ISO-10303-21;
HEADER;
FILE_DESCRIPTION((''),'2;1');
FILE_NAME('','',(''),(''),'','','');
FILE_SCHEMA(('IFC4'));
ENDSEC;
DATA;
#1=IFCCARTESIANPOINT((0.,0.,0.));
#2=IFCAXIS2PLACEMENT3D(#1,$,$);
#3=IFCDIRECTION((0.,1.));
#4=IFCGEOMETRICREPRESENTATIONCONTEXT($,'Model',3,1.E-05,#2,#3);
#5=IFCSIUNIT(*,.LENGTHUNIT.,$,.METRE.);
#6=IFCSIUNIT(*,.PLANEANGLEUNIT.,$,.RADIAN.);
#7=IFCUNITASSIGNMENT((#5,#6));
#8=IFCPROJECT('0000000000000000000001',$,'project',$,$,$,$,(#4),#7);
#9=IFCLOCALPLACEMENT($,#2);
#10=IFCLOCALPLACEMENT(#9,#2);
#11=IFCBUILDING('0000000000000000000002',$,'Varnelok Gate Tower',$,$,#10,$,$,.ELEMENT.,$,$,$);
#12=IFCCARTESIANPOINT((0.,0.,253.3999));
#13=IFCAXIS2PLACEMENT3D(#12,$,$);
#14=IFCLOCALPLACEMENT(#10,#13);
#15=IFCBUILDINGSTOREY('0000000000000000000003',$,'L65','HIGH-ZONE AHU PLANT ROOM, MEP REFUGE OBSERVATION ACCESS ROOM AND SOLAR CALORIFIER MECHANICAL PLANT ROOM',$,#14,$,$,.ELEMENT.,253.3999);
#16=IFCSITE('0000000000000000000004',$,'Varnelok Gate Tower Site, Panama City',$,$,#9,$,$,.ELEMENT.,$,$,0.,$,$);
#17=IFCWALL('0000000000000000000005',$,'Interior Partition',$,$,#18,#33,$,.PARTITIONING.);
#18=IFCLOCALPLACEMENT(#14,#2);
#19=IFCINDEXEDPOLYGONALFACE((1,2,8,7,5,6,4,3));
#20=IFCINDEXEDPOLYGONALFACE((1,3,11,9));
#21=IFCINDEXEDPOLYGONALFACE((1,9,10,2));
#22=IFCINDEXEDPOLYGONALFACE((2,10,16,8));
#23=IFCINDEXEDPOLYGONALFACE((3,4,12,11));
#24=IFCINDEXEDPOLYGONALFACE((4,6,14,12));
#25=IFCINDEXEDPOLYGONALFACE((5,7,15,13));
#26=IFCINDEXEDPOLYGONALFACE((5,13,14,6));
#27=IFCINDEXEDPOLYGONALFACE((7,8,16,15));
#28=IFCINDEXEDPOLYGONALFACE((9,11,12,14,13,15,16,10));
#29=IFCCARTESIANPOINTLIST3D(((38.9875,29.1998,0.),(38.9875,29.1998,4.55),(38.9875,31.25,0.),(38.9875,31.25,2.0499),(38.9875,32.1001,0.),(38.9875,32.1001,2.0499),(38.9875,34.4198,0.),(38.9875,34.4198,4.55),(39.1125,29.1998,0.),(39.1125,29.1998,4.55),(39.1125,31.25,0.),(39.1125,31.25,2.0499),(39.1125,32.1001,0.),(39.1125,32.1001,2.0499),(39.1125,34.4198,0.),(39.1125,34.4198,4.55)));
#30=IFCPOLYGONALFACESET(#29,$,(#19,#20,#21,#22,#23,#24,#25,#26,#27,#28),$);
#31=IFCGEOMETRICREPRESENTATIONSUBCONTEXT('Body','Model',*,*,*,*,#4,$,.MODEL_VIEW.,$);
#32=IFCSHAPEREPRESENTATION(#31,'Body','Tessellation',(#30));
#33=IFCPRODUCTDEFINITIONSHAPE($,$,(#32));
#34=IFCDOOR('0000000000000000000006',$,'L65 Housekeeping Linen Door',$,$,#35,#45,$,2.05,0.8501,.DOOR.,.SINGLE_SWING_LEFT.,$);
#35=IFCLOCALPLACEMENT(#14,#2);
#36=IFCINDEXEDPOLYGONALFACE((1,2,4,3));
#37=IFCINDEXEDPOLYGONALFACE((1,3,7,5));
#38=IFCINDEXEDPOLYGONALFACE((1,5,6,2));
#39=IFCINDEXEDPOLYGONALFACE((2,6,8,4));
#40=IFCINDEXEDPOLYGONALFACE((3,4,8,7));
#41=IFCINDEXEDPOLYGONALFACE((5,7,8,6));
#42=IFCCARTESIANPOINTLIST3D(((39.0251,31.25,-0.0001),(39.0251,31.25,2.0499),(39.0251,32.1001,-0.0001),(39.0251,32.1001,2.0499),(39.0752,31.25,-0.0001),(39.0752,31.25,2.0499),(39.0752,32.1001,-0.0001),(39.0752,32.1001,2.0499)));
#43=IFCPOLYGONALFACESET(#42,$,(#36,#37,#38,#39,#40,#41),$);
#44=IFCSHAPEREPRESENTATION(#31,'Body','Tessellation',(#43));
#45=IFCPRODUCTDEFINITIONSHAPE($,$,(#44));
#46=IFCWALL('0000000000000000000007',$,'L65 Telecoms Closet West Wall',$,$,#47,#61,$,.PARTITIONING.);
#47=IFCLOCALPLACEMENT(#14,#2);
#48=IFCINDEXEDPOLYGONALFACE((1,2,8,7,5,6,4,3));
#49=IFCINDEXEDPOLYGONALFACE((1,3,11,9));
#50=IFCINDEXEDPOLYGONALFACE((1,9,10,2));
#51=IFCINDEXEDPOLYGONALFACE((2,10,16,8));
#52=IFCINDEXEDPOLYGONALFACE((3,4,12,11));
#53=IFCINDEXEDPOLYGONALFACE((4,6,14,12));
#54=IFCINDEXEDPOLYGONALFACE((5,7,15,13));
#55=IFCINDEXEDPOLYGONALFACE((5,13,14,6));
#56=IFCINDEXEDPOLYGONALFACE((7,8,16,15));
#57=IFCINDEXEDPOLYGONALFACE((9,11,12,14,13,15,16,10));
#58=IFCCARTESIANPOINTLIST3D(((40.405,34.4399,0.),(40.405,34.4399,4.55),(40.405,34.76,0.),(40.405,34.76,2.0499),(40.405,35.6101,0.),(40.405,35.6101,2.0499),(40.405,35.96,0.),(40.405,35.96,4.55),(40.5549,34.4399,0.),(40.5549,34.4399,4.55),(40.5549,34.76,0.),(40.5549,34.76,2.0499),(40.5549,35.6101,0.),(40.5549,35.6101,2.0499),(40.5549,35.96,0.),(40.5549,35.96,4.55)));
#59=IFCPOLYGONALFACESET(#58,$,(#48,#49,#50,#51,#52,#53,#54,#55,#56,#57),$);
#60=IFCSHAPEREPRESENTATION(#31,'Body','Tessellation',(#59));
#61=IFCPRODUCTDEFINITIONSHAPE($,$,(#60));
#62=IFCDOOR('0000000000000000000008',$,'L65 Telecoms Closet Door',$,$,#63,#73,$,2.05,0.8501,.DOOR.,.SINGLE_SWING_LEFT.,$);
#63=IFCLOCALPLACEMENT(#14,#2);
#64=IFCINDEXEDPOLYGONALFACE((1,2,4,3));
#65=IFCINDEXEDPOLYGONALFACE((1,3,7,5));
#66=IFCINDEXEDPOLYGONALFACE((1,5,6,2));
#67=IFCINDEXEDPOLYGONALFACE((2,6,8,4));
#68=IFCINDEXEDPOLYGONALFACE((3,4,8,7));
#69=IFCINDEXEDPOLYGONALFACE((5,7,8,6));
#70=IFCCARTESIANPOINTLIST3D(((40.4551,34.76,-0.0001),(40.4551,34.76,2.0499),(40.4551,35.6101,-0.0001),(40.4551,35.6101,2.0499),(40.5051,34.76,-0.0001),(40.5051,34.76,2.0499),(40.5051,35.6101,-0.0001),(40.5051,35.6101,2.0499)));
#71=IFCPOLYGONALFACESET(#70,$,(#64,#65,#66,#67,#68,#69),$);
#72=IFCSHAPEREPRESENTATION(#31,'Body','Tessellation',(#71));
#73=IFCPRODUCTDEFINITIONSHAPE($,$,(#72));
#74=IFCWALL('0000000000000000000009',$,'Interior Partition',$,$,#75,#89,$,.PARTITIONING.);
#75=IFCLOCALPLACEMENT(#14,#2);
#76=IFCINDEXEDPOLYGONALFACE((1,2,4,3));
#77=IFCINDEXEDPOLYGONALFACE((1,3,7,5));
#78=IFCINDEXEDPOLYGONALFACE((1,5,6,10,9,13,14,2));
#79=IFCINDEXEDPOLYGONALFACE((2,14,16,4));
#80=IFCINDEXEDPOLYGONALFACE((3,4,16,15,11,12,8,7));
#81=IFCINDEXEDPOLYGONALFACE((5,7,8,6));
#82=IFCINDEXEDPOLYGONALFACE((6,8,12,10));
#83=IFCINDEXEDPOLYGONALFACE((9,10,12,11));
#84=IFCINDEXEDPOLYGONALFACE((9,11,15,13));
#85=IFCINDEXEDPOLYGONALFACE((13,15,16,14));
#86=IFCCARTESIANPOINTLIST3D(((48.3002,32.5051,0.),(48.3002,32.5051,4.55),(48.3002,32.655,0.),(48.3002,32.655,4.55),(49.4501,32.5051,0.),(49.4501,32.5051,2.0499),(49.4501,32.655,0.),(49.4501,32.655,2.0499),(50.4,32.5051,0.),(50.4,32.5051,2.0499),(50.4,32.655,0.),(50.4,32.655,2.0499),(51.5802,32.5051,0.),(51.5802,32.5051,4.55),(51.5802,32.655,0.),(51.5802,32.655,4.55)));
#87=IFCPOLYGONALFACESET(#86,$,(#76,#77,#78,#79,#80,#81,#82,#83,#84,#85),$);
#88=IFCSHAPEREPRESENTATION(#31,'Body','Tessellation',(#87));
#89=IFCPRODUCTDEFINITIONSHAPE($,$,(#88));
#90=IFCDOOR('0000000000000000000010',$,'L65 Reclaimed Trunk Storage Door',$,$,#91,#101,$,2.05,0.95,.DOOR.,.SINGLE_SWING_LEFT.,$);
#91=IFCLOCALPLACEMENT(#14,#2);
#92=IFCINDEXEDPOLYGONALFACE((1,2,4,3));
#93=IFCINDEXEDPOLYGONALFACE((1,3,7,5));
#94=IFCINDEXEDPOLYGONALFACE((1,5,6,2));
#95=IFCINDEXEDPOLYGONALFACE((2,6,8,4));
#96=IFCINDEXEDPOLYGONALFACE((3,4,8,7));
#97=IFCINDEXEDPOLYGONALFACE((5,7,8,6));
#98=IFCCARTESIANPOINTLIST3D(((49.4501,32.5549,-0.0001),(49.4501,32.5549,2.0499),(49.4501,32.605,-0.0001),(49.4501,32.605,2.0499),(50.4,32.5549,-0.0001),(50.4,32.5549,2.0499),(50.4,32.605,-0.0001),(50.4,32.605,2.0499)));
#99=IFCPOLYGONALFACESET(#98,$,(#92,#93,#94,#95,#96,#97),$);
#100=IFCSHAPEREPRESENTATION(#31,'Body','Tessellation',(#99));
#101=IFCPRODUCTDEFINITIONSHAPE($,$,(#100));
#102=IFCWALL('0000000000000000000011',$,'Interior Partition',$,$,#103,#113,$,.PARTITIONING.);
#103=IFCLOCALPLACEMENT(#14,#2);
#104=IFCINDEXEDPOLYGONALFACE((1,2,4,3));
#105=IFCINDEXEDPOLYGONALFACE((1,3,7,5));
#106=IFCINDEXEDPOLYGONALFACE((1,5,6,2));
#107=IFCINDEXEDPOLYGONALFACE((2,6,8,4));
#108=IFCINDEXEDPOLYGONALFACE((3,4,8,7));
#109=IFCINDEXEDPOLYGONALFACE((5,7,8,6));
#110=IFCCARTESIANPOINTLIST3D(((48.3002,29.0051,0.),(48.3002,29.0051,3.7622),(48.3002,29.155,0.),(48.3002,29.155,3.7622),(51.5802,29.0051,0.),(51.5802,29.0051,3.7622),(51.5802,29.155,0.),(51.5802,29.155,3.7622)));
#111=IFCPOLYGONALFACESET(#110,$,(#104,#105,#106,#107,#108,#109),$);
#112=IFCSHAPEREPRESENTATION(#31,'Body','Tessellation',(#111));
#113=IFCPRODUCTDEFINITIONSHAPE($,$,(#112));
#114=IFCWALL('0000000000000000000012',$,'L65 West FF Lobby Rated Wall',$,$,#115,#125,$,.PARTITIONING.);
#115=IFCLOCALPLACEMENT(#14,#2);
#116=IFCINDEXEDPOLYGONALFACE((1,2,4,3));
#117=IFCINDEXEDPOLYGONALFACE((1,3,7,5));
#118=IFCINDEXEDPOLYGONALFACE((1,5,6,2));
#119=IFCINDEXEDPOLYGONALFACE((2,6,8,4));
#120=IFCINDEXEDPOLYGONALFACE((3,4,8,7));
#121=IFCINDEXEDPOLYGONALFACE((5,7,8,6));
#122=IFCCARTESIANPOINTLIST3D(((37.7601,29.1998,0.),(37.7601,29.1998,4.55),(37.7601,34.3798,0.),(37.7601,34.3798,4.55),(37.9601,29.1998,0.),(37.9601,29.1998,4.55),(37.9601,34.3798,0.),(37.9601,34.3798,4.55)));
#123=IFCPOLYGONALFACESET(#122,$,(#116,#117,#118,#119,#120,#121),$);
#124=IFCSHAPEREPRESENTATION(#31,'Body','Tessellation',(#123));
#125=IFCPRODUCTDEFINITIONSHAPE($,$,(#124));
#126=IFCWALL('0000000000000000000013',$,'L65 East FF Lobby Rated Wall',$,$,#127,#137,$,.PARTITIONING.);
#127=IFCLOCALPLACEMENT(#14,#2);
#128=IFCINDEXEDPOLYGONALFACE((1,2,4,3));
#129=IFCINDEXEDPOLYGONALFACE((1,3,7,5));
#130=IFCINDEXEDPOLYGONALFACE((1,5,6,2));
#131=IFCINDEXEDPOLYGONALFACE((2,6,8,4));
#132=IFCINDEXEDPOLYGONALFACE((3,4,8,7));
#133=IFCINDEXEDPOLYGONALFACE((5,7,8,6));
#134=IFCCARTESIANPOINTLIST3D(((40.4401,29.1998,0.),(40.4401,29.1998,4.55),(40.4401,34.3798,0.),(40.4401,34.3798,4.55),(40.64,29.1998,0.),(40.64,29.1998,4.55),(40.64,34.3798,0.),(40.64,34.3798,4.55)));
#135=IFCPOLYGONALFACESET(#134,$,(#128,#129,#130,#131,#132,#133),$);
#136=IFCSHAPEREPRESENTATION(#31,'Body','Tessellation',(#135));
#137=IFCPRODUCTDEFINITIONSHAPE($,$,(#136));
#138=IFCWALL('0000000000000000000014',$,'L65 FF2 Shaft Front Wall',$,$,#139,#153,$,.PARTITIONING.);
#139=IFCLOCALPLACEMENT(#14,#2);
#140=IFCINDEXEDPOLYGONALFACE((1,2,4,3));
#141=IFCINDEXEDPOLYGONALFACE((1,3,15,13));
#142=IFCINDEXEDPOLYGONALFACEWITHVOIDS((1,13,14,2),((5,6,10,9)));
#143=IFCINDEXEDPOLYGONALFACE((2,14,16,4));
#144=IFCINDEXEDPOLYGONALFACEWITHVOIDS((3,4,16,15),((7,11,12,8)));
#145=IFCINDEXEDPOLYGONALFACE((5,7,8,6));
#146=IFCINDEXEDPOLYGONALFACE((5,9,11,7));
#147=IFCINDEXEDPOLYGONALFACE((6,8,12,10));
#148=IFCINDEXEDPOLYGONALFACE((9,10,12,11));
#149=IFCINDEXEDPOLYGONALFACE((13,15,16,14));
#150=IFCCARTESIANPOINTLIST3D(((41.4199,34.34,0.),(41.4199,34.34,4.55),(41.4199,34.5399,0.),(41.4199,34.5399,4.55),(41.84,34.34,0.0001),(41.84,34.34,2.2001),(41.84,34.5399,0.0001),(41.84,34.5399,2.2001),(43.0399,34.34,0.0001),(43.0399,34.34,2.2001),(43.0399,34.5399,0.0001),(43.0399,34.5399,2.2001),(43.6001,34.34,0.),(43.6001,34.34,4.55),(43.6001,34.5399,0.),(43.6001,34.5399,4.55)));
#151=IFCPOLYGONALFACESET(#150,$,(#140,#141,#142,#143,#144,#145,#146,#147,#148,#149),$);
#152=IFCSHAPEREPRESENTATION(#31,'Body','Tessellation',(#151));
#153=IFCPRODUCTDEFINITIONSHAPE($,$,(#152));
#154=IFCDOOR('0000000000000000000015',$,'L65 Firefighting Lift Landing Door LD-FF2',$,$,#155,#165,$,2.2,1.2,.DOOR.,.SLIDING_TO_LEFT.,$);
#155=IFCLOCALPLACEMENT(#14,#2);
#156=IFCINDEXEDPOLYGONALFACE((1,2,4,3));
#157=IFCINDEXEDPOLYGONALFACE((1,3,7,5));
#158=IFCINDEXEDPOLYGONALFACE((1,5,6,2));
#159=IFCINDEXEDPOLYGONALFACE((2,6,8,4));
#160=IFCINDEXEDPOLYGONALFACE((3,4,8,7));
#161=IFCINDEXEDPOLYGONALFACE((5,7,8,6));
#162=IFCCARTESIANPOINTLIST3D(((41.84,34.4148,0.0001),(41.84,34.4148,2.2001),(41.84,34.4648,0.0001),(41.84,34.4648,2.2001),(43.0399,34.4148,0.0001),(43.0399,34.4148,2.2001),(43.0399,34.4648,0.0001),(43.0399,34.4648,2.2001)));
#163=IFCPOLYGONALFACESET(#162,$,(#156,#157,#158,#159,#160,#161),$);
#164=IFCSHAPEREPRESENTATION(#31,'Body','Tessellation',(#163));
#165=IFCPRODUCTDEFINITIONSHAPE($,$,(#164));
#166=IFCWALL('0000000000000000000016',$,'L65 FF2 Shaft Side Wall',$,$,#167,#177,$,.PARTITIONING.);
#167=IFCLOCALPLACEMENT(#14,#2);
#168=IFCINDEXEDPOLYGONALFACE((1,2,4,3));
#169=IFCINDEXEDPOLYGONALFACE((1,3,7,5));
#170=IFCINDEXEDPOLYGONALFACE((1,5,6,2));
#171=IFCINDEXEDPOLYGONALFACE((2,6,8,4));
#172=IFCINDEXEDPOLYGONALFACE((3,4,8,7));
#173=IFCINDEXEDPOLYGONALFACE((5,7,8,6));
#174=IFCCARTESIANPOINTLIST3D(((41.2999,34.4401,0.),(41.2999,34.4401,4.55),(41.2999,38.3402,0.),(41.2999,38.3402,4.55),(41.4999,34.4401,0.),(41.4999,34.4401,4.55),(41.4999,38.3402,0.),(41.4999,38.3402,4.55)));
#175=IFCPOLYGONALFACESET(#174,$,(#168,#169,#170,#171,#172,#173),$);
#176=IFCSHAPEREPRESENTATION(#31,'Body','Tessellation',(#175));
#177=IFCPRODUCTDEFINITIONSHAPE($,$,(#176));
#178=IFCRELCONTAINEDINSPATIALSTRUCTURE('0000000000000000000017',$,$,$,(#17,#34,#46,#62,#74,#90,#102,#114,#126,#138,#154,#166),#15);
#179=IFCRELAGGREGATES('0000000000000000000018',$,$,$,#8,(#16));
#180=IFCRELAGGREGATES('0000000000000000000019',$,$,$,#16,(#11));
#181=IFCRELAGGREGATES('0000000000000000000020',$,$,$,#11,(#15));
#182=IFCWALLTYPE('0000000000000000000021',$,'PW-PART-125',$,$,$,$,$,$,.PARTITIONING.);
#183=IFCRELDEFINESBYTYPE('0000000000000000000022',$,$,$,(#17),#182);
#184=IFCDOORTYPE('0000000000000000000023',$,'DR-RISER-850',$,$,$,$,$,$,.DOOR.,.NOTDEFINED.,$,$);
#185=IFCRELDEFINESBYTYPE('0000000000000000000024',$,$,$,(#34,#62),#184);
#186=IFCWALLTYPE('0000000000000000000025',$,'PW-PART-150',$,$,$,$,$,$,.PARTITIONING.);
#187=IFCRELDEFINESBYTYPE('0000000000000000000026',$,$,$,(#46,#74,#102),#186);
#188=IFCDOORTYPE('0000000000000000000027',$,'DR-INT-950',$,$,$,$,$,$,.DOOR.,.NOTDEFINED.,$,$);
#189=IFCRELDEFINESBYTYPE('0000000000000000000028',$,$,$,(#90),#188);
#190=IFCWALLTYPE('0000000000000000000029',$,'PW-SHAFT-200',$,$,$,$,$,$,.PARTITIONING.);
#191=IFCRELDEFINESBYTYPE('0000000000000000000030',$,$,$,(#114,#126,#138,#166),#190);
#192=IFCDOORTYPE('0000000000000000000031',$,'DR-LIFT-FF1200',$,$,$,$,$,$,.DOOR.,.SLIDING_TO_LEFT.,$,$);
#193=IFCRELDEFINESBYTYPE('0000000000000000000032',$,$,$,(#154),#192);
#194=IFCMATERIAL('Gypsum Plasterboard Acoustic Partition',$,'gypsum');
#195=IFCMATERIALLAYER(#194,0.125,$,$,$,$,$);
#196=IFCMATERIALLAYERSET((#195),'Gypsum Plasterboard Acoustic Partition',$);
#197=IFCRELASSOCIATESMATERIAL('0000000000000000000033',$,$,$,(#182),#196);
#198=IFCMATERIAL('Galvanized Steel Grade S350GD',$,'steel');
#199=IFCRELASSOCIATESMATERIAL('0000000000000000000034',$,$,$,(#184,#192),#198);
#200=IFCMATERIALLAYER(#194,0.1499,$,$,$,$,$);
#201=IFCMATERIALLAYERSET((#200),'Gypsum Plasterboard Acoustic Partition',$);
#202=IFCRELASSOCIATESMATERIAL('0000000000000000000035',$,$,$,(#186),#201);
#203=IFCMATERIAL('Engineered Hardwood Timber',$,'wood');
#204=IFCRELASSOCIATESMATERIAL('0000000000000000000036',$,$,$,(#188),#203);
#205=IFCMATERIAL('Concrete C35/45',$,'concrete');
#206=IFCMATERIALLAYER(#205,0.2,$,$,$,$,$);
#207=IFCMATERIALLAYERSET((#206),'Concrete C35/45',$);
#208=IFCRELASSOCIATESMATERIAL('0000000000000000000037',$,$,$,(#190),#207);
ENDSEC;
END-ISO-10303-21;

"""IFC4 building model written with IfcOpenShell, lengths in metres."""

from ifc_helpers import new_model, si_unit, direction, frame, frame_2d, origin, place, context, subcontext, project, spatial, rectangle, extrude, material, layer, layer_set, type_object, element, fill, save


model = new_model("IFC4")

# Units and contexts
model_context = context("Model", 3, precision=1e-05, world=origin(), true_north=direction((0.0, 1.0)))
body_context = subcontext(model_context, "Body", "Model", "MODEL_VIEW")
ifc_project = project(units=[si_unit("LENGTHUNIT", "METRE"), si_unit("PLANEANGLEUNIT", "RADIAN")], contexts=[model_context])

# Site, building, storey
site_placement = place(None, origin())
site = spatial("IfcSite", under=ifc_project, at=site_placement, Name="Varnelok Gate Tower Site, Panama City", CompositionType="ELEMENT", RefElevation=0.0)
building_placement = place(site_placement, origin())
building = spatial("IfcBuilding", under=site, at=building_placement, Name="Varnelok Gate Tower", CompositionType="ELEMENT")
storey_placement = place(building_placement, frame((0.0, 0.0, 253.3999)))
storey = spatial("IfcBuildingStorey", under=building, at=storey_placement, Name="L65", Description="HIGH-ZONE AHU PLANT ROOM, MEP REFUGE OBSERVATION ACCESS ROOM AND SOLAR CALORIFIER MECHANICAL PLANT ROOM", CompositionType="ELEMENT", Elevation=253.3999)

# Walls, openings, doors
ifc_material_1 = material(Name="Gypsum Plasterboard Acoustic Partition", Category="gypsum")
ifc_layer_1 = layer(ifc_material_1, 0.125)
ifc_layer_set_1 = layer_set([ifc_layer_1], Name="Gypsum Plasterboard Acoustic Partition")
wall_type_1 = type_object("IfcWallType", Name="PW-PART-125", PredefinedType="PARTITIONING", material=ifc_layer_set_1)
wall_1_placement = place(storey_placement, frame((39.05, 29.2, 0.0), z_axis=(0.0, 0.0, 1.0), x_axis=(0.0, 1.0, 0.0)))
wall_1 = element("IfcWall", 1, at=wall_1_placement, inside=storey, type_object=wall_type_1, Name="Interior Partition", PredefinedType="PARTITIONING", context=body_context, shape_type="SweptSolid", body=[
    extrude(rectangle(XDim=5.22, YDim=0.125, at=frame_2d((2.6099, 0.0))), origin(), (0.0, 0.0, 1.0), 4.55),
])
opening_1_placement = place(wall_1_placement, frame((2.05, 0.0, 0.0)))
opening_1 = element("IfcOpeningElement", 2, at=opening_1_placement, cuts=wall_1, PredefinedType="OPENING", context=body_context, shape_type="SweptSolid", body=[
    extrude(rectangle(XDim=0.8501, YDim=2.05, at=frame_2d((0.425, 1.0249))), frame((0.0, 0.0725, 0.0), z_axis=(0.0, -1.0, 0.0), x_axis=(1.0, 0.0, 0.0)), (0.0, 0.0, 1.0), 0.145),
])
ifc_material_2 = material(Name="Galvanized Steel Grade S350GD", Category="steel")
door_type_1 = type_object("IfcDoorType", Name="DR-RISER-850", OperationType="NOTDEFINED", PredefinedType="DOOR", material=ifc_material_2)
door_1_placement = place(opening_1_placement, origin())
door_1 = element("IfcDoor", 3, at=door_1_placement, inside=storey, type_object=door_type_1, Name="L65 Housekeeping Linen Door", OperationType="SINGLE_SWING_LEFT", OverallHeight=2.05, OverallWidth=0.8501, PredefinedType="DOOR", context=body_context, shape_type="SweptSolid", body=[
    extrude(rectangle(XDim=0.8501, YDim=2.05, at=frame_2d((0.425, 1.0249))), frame((0.0, 0.0249, 0.0), z_axis=(0.0, -1.0, 0.0), x_axis=(1.0, 0.0, 0.0)), (0.0, 0.0, 1.0), 0.05),
])
fill(opening_1, door_1)
ifc_layer_2 = layer(ifc_material_1, 0.1499)
ifc_layer_set_2 = layer_set([ifc_layer_2], Name="Gypsum Plasterboard Acoustic Partition")
wall_type_2 = type_object("IfcWallType", Name="PW-PART-150", PredefinedType="PARTITIONING", material=ifc_layer_set_2)
wall_2_placement = place(storey_placement, frame((40.48, 34.4399, 0.0), z_axis=(0.0, 0.0, 1.0), x_axis=(0.0, 1.0, 0.0)))
wall_2 = element("IfcWall", 4, at=wall_2_placement, inside=storey, type_object=wall_type_2, Name="L65 Telecoms Closet West Wall", PredefinedType="PARTITIONING", context=body_context, shape_type="SweptSolid", body=[
    extrude(rectangle(XDim=1.52, YDim=0.1499, at=frame_2d((0.76, 0.0))), origin(), (0.0, 0.0, 1.0), 4.55),
])
opening_2_placement = place(wall_2_placement, frame((0.3201, 0.0, 0.0)))
opening_2 = element("IfcOpeningElement", 5, at=opening_2_placement, cuts=wall_2, PredefinedType="OPENING", context=body_context, shape_type="SweptSolid", body=[
    extrude(rectangle(XDim=0.8501, YDim=2.05, at=frame_2d((0.425, 1.0249))), frame((0.0, 0.085, 0.0), z_axis=(0.0, -1.0, 0.0), x_axis=(1.0, 0.0, 0.0)), (0.0, 0.0, 1.0), 0.1699),
])
door_2_placement = place(opening_2_placement, origin())
door_2 = element("IfcDoor", 6, at=door_2_placement, inside=storey, type_object=door_type_1, Name="L65 Telecoms Closet Door", OperationType="SINGLE_SWING_LEFT", OverallHeight=2.05, OverallWidth=0.8501, PredefinedType="DOOR", context=body_context, shape_type="SweptSolid", body=[
    extrude(rectangle(XDim=0.8501, YDim=2.05, at=frame_2d((0.425, 1.0249))), frame((0.0, 0.0249, 0.0), z_axis=(0.0, -1.0, 0.0), x_axis=(1.0, 0.0, 0.0)), (0.0, 0.0, 1.0), 0.05),
])
fill(opening_2, door_2)
wall_3_placement = place(storey_placement, frame((48.3, 32.5801, 0.0), z_axis=(0.0, 0.0, 1.0), x_axis=(1.0, 0.0, 0.0)))
wall_3 = element("IfcWall", 7, at=wall_3_placement, inside=storey, type_object=wall_type_2, Name="Interior Partition", PredefinedType="PARTITIONING", context=body_context, shape_type="SweptSolid", body=[
    extrude(rectangle(XDim=3.28, YDim=0.1499, at=frame_2d((1.6401, 0.0))), origin(), (0.0, 0.0, 1.0), 4.55),
])
opening_3_placement = place(wall_3_placement, frame((1.1499, 0.0, 0.0)))
opening_3 = element("IfcOpeningElement", 8, at=opening_3_placement, cuts=wall_3, PredefinedType="OPENING", context=body_context, shape_type="SweptSolid", body=[
    extrude(rectangle(XDim=0.95, YDim=2.05, at=frame_2d((0.4751, 1.0249))), frame((0.0, 0.085, 0.0), z_axis=(0.0, -1.0, 0.0), x_axis=(1.0, 0.0, 0.0)), (0.0, 0.0, 1.0), 0.1699),
])
ifc_material_3 = material(Name="Engineered Hardwood Timber", Category="wood")
door_type_2 = type_object("IfcDoorType", Name="DR-INT-950", OperationType="NOTDEFINED", PredefinedType="DOOR", material=ifc_material_3)
door_3_placement = place(opening_3_placement, origin())
door_3 = element("IfcDoor", 9, at=door_3_placement, inside=storey, type_object=door_type_2, Name="L65 Reclaimed Trunk Storage Door", OperationType="SINGLE_SWING_LEFT", OverallHeight=2.05, OverallWidth=0.95, PredefinedType="DOOR", context=body_context, shape_type="SweptSolid", body=[
    extrude(rectangle(XDim=0.95, YDim=2.05, at=frame_2d((0.4751, 1.0249))), frame((0.0, 0.0249, 0.0), z_axis=(0.0, -1.0, 0.0), x_axis=(1.0, 0.0, 0.0)), (0.0, 0.0, 1.0), 0.05),
])
fill(opening_3, door_3)

# Walls
wall_4_placement = place(storey_placement, frame((48.3, 29.0801, 0.0), z_axis=(0.0, 0.0, 1.0), x_axis=(1.0, 0.0, 0.0)))
element("IfcWall", 10, at=wall_4_placement, inside=storey, type_object=wall_type_2, Name="Interior Partition", PredefinedType="PARTITIONING", context=body_context, shape_type="SweptSolid", body=[
    extrude(rectangle(XDim=3.28, YDim=0.1499, at=frame_2d((1.6401, 0.0))), origin(), (0.0, 0.0, 1.0), 3.7622),
])
ifc_material_4 = material(Name="Concrete C35/45", Category="concrete")
ifc_layer_3 = layer(ifc_material_4, 0.2)
ifc_layer_set_3 = layer_set([ifc_layer_3], Name="Concrete C35/45")
wall_type_3 = type_object("IfcWallType", Name="PW-SHAFT-200", PredefinedType="PARTITIONING", material=ifc_layer_set_3)
for number, where, z_axis, x_axis, name in (
    (11, (37.8601, 29.2, 0.0), (0.0, 0.0, 1.0), (0.0, 1.0, 0.0), "L65 West FF Lobby Rated Wall"),
    (12, (40.54, 29.2, 0.0), (0.0, 0.0, 1.0), (0.0, 1.0, 0.0), "L65 East FF Lobby Rated Wall"),
):
    element("IfcWall", number, at=place(storey_placement, frame(where, z_axis=z_axis, x_axis=x_axis)), inside=storey, type_object=wall_type_3, Name=name, PredefinedType="PARTITIONING", context=body_context, shape_type="SweptSolid", body=[
        extrude(rectangle(XDim=5.1799, YDim=0.2, at=frame_2d((2.5898, 0.0))), origin(), (0.0, 0.0, 1.0), 4.55),
    ])

# Wall, opening, door
wall_5_placement = place(storey_placement, frame((41.4199, 34.4399, 0.0), z_axis=(0.0, 0.0, 1.0), x_axis=(1.0, 0.0, 0.0)))
wall_5 = element("IfcWall", 13, at=wall_5_placement, inside=storey, type_object=wall_type_3, Name="L65 FF2 Shaft Front Wall", PredefinedType="PARTITIONING", context=body_context, shape_type="SweptSolid", body=[
    extrude(rectangle(XDim=2.1802, YDim=0.2, at=frame_2d((1.0901, 0.0))), origin(), (0.0, 0.0, 1.0), 4.55),
])
opening_4_placement = place(wall_5_placement, frame((0.4199, 0.0, 0.0)))
opening_4 = element("IfcOpeningElement", 14, at=opening_4_placement, cuts=wall_5, PredefinedType="OPENING", context=body_context, shape_type="SweptSolid", body=[
    extrude(rectangle(XDim=1.2, YDim=2.2, at=frame_2d((0.6001, 1.1001))), frame((0.0, 0.1099, 0.0), z_axis=(0.0, -1.0, 0.0), x_axis=(1.0, 0.0, 0.0)), (0.0, 0.0, 1.0), 0.22),
])
door_type_3 = type_object("IfcDoorType", Name="DR-LIFT-FF1200", OperationType="SLIDING_TO_LEFT", PredefinedType="DOOR", material=ifc_material_2)
door_4_placement = place(opening_4_placement, origin())
door_4 = element("IfcDoor", 15, at=door_4_placement, inside=storey, type_object=door_type_3, Name="L65 Firefighting Lift Landing Door LD-FF2", OperationType="SLIDING_TO_LEFT", OverallHeight=2.2, OverallWidth=1.2, PredefinedType="DOOR", context=body_context, shape_type="SweptSolid", body=[
    extrude(rectangle(XDim=1.2, YDim=2.2, at=frame_2d((0.6001, 1.1001))), frame((0.0, 0.0249, 0.0), z_axis=(0.0, -1.0, 0.0), x_axis=(1.0, 0.0, 0.0)), (0.0, 0.0, 1.0), 0.05),
])
fill(opening_4, door_4)

# Wall
wall_6_placement = place(storey_placement, frame((41.3999, 34.4399, 0.0), z_axis=(0.0, 0.0, 1.0), x_axis=(0.0, 1.0, 0.0)))
element("IfcWall", 16, at=wall_6_placement, inside=storey, type_object=wall_type_3, Name="L65 FF2 Shaft Side Wall", PredefinedType="PARTITIONING", context=body_context, shape_type="SweptSolid", body=[
    extrude(rectangle(XDim=3.9001, YDim=0.2, at=frame_2d((1.9502, 0.0))), origin(), (0.0, 0.0, 1.0), 4.55),
])

save(model, "model.ifc")
